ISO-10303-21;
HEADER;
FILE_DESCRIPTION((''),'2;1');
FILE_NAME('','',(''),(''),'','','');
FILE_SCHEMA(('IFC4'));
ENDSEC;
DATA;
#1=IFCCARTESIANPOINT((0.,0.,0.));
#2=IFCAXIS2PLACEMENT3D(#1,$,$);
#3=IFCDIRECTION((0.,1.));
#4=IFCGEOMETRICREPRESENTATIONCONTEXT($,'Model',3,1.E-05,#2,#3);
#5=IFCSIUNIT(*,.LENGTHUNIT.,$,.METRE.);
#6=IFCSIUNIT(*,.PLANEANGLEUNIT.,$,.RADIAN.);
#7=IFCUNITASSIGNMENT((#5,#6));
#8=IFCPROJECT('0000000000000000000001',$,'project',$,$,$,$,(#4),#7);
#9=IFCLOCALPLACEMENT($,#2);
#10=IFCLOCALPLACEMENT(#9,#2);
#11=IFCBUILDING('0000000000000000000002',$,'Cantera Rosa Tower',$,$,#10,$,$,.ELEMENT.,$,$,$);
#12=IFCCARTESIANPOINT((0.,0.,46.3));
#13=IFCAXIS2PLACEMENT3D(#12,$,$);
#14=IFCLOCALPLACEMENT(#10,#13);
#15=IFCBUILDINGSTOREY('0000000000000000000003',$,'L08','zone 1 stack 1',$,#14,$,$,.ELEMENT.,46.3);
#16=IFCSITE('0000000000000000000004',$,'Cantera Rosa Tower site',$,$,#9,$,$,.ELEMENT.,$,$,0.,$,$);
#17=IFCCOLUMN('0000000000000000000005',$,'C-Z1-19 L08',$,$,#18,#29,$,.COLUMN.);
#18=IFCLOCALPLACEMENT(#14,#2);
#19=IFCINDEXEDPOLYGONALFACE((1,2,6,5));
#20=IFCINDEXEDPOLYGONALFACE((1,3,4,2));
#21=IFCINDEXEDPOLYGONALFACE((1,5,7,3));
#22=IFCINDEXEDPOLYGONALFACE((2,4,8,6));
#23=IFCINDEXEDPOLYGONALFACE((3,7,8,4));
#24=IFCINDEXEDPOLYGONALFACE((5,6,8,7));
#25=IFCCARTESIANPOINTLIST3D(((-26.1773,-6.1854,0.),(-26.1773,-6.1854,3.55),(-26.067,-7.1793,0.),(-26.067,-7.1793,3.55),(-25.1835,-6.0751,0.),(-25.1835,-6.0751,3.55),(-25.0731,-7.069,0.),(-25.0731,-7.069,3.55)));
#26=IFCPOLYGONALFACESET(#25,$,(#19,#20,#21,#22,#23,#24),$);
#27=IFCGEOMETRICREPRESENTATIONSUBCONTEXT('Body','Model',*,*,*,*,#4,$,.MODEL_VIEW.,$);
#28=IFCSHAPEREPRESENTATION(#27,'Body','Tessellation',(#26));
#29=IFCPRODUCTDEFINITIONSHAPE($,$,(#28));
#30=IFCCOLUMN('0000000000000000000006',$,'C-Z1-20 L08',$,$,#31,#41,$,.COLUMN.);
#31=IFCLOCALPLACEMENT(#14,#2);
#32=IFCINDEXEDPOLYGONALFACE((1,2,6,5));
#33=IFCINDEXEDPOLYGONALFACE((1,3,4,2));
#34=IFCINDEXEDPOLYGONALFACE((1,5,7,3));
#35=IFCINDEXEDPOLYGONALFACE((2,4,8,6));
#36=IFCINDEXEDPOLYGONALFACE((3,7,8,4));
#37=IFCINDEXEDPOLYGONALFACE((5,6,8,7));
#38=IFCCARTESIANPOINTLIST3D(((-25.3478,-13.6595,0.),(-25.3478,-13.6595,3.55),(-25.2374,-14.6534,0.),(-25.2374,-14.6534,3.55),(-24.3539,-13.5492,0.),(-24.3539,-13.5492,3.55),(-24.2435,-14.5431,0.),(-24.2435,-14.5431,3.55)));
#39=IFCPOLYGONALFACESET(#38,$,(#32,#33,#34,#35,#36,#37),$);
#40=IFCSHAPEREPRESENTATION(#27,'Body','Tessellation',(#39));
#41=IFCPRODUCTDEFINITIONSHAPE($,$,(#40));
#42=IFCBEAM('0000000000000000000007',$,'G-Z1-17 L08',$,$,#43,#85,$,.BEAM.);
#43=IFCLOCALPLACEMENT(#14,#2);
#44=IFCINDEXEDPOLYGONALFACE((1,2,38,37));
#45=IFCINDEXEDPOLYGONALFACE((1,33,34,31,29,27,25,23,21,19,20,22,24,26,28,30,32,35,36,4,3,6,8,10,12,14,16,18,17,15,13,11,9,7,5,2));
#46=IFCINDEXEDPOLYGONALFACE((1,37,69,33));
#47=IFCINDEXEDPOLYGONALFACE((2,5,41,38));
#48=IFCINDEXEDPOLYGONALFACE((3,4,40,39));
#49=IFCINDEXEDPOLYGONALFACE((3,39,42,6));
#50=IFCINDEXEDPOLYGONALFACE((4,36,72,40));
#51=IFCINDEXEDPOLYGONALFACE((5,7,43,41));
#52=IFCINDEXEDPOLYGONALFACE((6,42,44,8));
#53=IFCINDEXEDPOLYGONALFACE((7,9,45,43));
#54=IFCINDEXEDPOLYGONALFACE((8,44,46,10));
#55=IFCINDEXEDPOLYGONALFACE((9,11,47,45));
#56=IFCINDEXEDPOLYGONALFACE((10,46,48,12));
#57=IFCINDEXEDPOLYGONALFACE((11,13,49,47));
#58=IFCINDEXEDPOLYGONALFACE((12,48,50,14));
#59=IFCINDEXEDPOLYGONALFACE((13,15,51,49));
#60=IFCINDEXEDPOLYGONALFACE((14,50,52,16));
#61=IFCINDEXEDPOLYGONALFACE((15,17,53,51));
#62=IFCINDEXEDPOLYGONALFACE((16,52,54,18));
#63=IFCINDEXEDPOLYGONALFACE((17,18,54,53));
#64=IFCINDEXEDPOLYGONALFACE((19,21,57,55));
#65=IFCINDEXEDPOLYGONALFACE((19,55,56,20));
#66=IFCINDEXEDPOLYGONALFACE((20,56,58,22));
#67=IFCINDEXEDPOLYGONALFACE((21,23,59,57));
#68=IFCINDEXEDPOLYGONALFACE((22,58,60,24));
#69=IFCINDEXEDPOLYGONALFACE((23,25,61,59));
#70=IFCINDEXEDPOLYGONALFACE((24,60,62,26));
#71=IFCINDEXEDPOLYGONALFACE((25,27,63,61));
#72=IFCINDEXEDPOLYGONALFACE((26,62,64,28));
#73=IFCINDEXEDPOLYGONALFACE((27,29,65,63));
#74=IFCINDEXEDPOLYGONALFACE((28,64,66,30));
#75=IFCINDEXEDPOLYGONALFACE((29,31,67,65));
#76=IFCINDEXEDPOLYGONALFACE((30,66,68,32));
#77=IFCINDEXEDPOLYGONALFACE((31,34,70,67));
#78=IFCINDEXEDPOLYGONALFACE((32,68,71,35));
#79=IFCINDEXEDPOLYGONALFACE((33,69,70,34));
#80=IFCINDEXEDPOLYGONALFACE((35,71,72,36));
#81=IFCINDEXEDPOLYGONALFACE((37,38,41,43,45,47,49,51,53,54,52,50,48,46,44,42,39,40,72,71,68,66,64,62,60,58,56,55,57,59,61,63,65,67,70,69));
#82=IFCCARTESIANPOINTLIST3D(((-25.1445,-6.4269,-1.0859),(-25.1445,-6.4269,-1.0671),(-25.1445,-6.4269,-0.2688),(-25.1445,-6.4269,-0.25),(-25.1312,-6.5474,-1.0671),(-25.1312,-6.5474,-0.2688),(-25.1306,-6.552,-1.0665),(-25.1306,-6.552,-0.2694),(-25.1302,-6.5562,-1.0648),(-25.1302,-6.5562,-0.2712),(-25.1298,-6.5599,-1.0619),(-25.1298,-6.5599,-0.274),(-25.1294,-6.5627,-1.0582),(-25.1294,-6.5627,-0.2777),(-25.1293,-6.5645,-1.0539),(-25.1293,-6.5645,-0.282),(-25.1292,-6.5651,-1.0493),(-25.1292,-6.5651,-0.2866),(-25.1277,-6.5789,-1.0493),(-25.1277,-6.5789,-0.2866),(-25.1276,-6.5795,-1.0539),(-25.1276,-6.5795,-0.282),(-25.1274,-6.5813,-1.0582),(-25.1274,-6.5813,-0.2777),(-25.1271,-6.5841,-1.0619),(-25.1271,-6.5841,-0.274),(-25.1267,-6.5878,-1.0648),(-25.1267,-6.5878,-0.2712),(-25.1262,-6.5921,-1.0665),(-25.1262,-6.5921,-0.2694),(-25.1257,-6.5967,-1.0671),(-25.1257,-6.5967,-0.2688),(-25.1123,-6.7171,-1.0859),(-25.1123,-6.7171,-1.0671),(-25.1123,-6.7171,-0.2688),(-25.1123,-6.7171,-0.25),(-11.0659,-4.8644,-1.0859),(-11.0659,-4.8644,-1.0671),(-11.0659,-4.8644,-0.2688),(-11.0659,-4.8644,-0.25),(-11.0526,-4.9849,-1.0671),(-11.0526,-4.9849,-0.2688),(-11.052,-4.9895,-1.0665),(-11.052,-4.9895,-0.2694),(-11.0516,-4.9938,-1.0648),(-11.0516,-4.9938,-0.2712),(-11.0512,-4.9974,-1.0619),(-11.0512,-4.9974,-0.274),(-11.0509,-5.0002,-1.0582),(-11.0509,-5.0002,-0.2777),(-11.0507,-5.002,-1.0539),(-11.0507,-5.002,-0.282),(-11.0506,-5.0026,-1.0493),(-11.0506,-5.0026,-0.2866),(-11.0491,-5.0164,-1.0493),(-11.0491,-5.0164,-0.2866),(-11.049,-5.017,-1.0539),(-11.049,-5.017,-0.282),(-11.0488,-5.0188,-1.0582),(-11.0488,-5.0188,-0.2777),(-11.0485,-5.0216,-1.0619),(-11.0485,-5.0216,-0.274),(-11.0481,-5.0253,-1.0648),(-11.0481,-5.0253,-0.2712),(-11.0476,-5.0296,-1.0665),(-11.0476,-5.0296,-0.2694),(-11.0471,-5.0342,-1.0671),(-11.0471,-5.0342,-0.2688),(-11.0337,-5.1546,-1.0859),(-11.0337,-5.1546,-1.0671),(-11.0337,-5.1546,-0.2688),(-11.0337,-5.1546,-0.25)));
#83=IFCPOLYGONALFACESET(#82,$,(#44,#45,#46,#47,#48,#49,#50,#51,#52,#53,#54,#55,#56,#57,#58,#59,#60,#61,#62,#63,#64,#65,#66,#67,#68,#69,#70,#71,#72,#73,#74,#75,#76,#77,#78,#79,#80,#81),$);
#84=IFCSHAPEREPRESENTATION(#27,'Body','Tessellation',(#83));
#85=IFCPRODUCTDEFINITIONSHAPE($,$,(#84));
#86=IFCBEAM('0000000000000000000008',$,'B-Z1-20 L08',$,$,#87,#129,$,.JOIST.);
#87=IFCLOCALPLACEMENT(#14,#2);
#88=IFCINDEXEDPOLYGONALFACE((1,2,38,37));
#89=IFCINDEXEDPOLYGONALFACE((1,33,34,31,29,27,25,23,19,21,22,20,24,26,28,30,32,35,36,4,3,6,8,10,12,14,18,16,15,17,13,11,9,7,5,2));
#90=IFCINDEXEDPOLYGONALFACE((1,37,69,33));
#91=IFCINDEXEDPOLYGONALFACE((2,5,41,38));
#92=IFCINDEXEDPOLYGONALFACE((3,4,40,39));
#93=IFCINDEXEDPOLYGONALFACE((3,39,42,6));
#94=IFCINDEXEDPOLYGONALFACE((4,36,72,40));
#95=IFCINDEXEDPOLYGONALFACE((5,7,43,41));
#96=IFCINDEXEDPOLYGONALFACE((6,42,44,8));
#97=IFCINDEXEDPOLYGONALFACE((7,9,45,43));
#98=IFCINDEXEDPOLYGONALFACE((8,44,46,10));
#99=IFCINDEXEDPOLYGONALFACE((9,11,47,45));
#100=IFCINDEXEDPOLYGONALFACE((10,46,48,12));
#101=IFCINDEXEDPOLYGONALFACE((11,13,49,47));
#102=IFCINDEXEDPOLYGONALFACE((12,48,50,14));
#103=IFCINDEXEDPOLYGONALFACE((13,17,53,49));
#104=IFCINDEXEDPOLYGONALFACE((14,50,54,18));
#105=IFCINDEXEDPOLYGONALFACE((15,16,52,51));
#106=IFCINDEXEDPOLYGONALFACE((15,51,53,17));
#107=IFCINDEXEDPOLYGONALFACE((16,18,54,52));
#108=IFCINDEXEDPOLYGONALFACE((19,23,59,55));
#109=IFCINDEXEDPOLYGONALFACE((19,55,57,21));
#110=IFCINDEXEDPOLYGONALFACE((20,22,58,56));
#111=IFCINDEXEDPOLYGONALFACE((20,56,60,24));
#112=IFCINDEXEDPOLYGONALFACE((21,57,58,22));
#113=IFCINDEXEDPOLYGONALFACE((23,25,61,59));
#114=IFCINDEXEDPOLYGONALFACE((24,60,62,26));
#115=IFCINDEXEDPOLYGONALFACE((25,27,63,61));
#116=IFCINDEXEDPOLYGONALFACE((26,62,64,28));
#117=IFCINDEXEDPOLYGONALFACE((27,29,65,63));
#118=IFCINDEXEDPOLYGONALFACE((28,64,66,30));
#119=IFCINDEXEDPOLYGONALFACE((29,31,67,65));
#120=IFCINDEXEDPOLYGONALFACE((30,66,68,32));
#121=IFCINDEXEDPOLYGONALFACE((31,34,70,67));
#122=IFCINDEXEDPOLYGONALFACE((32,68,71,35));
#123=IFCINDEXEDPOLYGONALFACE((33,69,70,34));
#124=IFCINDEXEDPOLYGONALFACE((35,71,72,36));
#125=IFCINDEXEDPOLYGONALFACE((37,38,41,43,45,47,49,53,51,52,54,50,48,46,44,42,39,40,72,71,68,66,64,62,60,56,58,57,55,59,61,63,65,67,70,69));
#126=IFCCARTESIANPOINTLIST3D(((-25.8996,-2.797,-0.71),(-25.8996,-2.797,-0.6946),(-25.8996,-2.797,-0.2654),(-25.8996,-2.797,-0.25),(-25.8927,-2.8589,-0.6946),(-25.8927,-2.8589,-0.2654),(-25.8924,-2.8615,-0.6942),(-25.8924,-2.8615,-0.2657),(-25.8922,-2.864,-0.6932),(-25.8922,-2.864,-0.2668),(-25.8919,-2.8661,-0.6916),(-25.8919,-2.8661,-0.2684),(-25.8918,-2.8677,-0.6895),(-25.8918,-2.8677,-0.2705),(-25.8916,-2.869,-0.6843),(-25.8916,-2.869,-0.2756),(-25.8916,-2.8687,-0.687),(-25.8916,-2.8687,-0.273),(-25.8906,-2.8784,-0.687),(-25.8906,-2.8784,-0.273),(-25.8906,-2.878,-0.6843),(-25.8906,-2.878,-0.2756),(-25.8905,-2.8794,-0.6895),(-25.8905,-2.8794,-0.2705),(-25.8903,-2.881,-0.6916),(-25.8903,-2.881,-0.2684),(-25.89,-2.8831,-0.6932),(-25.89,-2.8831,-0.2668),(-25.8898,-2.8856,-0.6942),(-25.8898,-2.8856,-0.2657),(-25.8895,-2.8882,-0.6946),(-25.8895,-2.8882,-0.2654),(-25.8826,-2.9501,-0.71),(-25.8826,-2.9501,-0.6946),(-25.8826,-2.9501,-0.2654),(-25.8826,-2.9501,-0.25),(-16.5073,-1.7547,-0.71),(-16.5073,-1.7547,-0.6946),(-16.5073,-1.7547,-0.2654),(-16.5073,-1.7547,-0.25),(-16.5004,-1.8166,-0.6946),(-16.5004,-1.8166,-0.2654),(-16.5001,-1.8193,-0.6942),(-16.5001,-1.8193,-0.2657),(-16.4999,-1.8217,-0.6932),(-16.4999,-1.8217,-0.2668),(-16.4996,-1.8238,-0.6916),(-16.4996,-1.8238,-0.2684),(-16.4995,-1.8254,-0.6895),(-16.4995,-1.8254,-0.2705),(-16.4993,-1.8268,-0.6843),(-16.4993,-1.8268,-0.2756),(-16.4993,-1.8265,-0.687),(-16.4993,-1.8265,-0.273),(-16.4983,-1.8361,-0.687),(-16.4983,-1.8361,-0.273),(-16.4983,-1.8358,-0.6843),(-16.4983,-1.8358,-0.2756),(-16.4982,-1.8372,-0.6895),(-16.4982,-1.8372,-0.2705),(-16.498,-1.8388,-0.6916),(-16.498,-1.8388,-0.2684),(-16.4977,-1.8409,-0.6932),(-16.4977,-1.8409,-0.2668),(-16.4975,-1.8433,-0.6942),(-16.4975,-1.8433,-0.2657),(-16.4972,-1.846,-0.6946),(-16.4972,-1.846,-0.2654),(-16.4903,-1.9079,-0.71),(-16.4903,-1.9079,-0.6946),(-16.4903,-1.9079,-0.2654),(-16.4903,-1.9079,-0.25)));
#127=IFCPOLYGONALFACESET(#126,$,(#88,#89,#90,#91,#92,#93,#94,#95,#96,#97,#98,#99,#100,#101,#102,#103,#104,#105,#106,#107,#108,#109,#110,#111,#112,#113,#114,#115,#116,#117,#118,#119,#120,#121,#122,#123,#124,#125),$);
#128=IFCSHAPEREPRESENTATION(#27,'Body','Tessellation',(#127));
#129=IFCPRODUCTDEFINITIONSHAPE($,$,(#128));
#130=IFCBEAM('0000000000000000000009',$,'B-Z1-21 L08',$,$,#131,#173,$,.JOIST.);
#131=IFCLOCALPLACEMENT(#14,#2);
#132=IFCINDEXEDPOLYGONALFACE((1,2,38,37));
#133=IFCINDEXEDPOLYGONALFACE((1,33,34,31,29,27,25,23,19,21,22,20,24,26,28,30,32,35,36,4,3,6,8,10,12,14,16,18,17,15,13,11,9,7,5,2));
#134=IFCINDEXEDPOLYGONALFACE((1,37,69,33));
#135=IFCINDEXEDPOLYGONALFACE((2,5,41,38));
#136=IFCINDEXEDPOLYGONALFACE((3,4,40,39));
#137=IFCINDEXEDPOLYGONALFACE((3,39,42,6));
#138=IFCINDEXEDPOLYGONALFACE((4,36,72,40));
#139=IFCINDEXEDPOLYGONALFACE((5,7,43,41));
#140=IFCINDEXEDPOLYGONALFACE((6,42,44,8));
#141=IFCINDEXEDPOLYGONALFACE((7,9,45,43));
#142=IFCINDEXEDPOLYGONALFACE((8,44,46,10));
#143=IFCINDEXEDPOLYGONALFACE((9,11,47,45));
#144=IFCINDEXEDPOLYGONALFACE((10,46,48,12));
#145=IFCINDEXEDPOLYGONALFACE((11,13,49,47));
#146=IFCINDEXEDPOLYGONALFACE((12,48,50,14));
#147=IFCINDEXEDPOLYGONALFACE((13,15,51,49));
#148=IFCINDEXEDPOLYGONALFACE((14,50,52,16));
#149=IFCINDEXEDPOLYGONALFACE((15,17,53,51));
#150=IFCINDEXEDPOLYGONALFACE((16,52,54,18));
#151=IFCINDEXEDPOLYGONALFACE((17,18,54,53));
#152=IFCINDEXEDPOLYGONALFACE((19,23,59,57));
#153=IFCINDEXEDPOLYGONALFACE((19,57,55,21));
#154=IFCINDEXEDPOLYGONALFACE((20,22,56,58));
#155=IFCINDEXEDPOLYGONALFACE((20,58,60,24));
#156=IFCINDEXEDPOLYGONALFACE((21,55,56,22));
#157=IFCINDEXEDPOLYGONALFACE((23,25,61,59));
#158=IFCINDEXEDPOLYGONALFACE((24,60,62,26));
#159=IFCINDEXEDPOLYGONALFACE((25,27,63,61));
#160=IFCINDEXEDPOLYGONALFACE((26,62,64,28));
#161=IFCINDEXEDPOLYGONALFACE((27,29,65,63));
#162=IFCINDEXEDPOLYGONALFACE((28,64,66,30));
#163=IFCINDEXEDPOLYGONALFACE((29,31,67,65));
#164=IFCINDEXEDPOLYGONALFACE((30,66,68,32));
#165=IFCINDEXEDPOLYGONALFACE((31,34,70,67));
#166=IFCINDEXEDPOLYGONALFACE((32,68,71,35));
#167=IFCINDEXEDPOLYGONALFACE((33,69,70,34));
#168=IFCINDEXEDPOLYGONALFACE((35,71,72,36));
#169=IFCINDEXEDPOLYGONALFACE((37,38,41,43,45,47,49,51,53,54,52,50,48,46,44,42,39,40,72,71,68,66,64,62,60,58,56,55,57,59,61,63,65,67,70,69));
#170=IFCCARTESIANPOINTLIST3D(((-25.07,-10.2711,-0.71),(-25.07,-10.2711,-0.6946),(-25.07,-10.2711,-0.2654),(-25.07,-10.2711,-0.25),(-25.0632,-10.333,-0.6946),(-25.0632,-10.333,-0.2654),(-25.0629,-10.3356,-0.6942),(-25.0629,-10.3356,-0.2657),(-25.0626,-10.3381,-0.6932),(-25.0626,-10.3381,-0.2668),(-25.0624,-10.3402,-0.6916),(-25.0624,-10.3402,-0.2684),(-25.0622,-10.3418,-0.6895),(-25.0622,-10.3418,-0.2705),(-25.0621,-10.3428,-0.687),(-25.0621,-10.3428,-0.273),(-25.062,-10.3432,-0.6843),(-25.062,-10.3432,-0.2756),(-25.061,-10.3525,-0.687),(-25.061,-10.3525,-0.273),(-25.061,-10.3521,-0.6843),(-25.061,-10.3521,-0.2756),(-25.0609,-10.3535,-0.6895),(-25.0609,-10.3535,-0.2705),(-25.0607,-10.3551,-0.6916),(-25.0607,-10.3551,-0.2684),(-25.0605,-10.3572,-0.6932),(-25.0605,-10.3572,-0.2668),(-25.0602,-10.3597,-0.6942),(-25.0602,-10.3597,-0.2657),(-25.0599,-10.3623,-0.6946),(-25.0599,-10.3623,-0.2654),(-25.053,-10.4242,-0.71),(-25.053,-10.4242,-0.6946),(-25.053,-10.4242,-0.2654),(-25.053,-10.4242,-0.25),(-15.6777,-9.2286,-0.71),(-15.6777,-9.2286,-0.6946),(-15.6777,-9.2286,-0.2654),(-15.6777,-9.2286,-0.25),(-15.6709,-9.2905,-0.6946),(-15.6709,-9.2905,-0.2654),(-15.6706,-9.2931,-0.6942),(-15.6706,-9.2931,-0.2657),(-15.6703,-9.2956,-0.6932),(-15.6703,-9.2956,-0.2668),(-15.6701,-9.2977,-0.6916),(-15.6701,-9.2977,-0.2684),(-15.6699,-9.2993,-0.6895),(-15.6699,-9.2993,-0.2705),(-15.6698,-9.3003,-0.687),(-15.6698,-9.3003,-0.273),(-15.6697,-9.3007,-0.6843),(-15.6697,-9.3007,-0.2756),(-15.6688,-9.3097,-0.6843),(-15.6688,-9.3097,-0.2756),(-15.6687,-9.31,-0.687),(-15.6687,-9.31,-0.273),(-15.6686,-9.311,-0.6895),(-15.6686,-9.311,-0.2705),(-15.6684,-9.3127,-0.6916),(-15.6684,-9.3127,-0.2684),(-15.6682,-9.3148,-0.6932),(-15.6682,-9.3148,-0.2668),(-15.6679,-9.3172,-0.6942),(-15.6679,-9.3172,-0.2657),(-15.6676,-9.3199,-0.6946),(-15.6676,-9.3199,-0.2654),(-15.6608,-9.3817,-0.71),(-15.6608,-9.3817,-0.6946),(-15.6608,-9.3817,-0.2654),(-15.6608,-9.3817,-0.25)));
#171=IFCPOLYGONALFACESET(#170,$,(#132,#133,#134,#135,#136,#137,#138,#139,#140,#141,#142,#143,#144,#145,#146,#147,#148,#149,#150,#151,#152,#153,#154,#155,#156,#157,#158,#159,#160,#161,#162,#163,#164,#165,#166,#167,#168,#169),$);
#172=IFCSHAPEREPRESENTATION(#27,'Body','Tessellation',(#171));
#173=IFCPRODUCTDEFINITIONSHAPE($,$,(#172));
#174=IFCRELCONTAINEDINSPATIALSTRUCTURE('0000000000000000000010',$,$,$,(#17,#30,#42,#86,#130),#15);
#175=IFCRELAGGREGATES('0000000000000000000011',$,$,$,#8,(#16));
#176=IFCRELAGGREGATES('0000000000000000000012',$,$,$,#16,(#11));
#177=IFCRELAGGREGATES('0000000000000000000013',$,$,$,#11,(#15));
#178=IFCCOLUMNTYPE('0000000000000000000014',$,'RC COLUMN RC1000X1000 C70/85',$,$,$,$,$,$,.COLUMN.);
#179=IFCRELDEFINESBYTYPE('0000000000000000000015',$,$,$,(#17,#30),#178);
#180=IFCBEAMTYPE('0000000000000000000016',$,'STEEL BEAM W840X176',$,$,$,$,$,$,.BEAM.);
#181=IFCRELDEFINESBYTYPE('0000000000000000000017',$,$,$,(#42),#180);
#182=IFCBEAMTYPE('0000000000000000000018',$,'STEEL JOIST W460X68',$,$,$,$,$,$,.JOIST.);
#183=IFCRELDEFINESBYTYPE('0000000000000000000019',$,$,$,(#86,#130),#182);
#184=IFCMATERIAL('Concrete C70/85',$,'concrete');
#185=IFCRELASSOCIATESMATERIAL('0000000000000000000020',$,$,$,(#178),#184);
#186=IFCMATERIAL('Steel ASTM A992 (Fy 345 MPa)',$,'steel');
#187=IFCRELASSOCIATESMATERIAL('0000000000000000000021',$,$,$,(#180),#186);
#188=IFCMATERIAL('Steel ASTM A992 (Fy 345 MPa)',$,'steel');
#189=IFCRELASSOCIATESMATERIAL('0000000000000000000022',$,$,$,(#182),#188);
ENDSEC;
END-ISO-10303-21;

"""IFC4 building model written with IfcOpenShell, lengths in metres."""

from ifc_helpers import new_model, si_unit, direction, frame, origin, origin_2d, place, context, subcontext, project, spatial, rectangle, i_section, extrude, material, material_profile, profile_set, type_object, element, save


model = new_model("IFC4")

# Units and contexts
model_context = context("Model", 3, precision=1e-05, world=origin(), true_north=direction((0.0, 1.0)))
body_context = subcontext(model_context, "Body", "Model", "MODEL_VIEW")
ifc_project = project(units=[si_unit("LENGTHUNIT", "METRE"), si_unit("PLANEANGLEUNIT", "RADIAN")], contexts=[model_context])

# Site, building, storey
site_placement = place(None, origin())
site = spatial("IfcSite", under=ifc_project, at=site_placement, Name="Cantera Rosa Tower site", CompositionType="ELEMENT", RefElevation=0.0)
building_placement = place(site_placement, origin())
building = spatial("IfcBuilding", under=site, at=building_placement, Name="Cantera Rosa Tower", CompositionType="ELEMENT")
storey_placement = place(building_placement, frame((0.0, 0.0, 46.3)))
storey = spatial("IfcBuildingStorey", under=building, at=storey_placement, Name="L08", Description="zone 1 stack 1", CompositionType="ELEMENT", Elevation=46.3)

# Columns
ifc_material_1 = material(Name="Concrete C70/85", Category="concrete")
ifc_material_profile_1 = material_profile(ifc_material_1, rectangle(XDim=1.0, YDim=1.0, at=origin_2d()), Name="RC COLUMN RC1000X1000 C70/85")
ifc_profile_set_1 = profile_set([ifc_material_profile_1], Name="Concrete C70/85")
column_type = type_object("IfcColumnType", Name="RC COLUMN RC1000X1000 C70/85", PredefinedType="COLUMN", material=ifc_profile_set_1)
for number, where, z_axis, x_axis, name in (
    (1, (-25.6252, -6.6272, 0.0), (0.0, 0.0, 1.0), (0.993897, 0.110313, 0.0), "C-Z1-19 L08"),
    (2, (-24.7957, -14.1013, 0.0), (0.0, 0.0, 1.0), (0.993897, 0.110313, 0.0), "C-Z1-20 L08"),
):
    element("IfcColumn", number, at=place(storey_placement, frame(where, z_axis=z_axis, x_axis=x_axis)), inside=storey, type_object=column_type, Name=name, PredefinedType="COLUMN", context=body_context, shape_type="SweptSolid", body=[
        extrude(rectangle(XDim=1.0, YDim=1.0, at=origin_2d()), origin(), (0.0, 0.0, 1.0), 3.55),
    ])

# Beams
ifc_material_2 = material(Name="Steel ASTM A992 (Fy 345 MPa)", Category="steel")
ifc_material_profile_2 = material_profile(ifc_material_2, i_section(OverallWidth=0.292, OverallDepth=0.8359, WebThickness=0.0139, FlangeThickness=0.0188, FilletRadius=0.0178, at=origin_2d()), Name="W840X176")
ifc_profile_set_2 = profile_set([ifc_material_profile_2], Name="Steel ASTM A992 (Fy 345 MPa)")
beam_type_1 = type_object("IfcBeamType", Name="STEEL BEAM W840X176", PredefinedType="BEAM", material=ifc_profile_set_2)
beam_1_placement = place(storey_placement, frame((-25.1284, -6.572, -0.668), z_axis=(0.993898, 0.110307, 0.0), x_axis=(-0.110307, 0.993898, 0.0)))
element("IfcBeam", 3, at=beam_1_placement, inside=storey, type_object=beam_type_1, Name="G-Z1-17 L08", PredefinedType="BEAM", context=body_context, shape_type="SweptSolid", body=[
    extrude(i_section(OverallWidth=0.292, OverallDepth=0.8359, WebThickness=0.0139, FlangeThickness=0.0188, FilletRadius=0.0178, at=origin_2d()), origin(), (0.0, 0.0, 1.0), 14.165),
])
ifc_material_3 = material(Name="Steel ASTM A992 (Fy 345 MPa)", Category="steel")
ifc_material_profile_3 = material_profile(ifc_material_3, i_section(OverallWidth=0.1541, OverallDepth=0.46, WebThickness=0.009, FlangeThickness=0.0154, FilletRadius=0.0103, at=origin_2d()), Name="W460X68")
ifc_profile_set_3 = profile_set([ifc_material_profile_3], Name="Steel ASTM A992 (Fy 345 MPa)")
beam_type_2 = type_object("IfcBeamType", Name="STEEL JOIST W460X68", PredefinedType="JOIST", material=ifc_profile_set_3)
for number, where, z_axis, x_axis, name in (
    (4, (-25.8911, -2.8735, -0.48), (0.993899, 0.11029, 0.0), (-0.11029, 0.993899, 0.0), "B-Z1-20 L08"),
    (5, (-25.0615, -10.3477, -0.48), (0.993897, 0.110315, 0.0), (-0.110315, 0.993897, 0.0), "B-Z1-21 L08"),
):
    element("IfcBeam", number, at=place(storey_placement, frame(where, z_axis=z_axis, x_axis=x_axis)), inside=storey, type_object=beam_type_2, Name=name, PredefinedType="JOIST", context=body_context, shape_type="SweptSolid", body=[
        extrude(i_section(OverallWidth=0.1541, OverallDepth=0.46, WebThickness=0.009, FlangeThickness=0.0154, FilletRadius=0.0103, at=origin_2d()), origin(), (0.0, 0.0, 1.0), 9.45),
    ])

save(model, "model.ifc")
